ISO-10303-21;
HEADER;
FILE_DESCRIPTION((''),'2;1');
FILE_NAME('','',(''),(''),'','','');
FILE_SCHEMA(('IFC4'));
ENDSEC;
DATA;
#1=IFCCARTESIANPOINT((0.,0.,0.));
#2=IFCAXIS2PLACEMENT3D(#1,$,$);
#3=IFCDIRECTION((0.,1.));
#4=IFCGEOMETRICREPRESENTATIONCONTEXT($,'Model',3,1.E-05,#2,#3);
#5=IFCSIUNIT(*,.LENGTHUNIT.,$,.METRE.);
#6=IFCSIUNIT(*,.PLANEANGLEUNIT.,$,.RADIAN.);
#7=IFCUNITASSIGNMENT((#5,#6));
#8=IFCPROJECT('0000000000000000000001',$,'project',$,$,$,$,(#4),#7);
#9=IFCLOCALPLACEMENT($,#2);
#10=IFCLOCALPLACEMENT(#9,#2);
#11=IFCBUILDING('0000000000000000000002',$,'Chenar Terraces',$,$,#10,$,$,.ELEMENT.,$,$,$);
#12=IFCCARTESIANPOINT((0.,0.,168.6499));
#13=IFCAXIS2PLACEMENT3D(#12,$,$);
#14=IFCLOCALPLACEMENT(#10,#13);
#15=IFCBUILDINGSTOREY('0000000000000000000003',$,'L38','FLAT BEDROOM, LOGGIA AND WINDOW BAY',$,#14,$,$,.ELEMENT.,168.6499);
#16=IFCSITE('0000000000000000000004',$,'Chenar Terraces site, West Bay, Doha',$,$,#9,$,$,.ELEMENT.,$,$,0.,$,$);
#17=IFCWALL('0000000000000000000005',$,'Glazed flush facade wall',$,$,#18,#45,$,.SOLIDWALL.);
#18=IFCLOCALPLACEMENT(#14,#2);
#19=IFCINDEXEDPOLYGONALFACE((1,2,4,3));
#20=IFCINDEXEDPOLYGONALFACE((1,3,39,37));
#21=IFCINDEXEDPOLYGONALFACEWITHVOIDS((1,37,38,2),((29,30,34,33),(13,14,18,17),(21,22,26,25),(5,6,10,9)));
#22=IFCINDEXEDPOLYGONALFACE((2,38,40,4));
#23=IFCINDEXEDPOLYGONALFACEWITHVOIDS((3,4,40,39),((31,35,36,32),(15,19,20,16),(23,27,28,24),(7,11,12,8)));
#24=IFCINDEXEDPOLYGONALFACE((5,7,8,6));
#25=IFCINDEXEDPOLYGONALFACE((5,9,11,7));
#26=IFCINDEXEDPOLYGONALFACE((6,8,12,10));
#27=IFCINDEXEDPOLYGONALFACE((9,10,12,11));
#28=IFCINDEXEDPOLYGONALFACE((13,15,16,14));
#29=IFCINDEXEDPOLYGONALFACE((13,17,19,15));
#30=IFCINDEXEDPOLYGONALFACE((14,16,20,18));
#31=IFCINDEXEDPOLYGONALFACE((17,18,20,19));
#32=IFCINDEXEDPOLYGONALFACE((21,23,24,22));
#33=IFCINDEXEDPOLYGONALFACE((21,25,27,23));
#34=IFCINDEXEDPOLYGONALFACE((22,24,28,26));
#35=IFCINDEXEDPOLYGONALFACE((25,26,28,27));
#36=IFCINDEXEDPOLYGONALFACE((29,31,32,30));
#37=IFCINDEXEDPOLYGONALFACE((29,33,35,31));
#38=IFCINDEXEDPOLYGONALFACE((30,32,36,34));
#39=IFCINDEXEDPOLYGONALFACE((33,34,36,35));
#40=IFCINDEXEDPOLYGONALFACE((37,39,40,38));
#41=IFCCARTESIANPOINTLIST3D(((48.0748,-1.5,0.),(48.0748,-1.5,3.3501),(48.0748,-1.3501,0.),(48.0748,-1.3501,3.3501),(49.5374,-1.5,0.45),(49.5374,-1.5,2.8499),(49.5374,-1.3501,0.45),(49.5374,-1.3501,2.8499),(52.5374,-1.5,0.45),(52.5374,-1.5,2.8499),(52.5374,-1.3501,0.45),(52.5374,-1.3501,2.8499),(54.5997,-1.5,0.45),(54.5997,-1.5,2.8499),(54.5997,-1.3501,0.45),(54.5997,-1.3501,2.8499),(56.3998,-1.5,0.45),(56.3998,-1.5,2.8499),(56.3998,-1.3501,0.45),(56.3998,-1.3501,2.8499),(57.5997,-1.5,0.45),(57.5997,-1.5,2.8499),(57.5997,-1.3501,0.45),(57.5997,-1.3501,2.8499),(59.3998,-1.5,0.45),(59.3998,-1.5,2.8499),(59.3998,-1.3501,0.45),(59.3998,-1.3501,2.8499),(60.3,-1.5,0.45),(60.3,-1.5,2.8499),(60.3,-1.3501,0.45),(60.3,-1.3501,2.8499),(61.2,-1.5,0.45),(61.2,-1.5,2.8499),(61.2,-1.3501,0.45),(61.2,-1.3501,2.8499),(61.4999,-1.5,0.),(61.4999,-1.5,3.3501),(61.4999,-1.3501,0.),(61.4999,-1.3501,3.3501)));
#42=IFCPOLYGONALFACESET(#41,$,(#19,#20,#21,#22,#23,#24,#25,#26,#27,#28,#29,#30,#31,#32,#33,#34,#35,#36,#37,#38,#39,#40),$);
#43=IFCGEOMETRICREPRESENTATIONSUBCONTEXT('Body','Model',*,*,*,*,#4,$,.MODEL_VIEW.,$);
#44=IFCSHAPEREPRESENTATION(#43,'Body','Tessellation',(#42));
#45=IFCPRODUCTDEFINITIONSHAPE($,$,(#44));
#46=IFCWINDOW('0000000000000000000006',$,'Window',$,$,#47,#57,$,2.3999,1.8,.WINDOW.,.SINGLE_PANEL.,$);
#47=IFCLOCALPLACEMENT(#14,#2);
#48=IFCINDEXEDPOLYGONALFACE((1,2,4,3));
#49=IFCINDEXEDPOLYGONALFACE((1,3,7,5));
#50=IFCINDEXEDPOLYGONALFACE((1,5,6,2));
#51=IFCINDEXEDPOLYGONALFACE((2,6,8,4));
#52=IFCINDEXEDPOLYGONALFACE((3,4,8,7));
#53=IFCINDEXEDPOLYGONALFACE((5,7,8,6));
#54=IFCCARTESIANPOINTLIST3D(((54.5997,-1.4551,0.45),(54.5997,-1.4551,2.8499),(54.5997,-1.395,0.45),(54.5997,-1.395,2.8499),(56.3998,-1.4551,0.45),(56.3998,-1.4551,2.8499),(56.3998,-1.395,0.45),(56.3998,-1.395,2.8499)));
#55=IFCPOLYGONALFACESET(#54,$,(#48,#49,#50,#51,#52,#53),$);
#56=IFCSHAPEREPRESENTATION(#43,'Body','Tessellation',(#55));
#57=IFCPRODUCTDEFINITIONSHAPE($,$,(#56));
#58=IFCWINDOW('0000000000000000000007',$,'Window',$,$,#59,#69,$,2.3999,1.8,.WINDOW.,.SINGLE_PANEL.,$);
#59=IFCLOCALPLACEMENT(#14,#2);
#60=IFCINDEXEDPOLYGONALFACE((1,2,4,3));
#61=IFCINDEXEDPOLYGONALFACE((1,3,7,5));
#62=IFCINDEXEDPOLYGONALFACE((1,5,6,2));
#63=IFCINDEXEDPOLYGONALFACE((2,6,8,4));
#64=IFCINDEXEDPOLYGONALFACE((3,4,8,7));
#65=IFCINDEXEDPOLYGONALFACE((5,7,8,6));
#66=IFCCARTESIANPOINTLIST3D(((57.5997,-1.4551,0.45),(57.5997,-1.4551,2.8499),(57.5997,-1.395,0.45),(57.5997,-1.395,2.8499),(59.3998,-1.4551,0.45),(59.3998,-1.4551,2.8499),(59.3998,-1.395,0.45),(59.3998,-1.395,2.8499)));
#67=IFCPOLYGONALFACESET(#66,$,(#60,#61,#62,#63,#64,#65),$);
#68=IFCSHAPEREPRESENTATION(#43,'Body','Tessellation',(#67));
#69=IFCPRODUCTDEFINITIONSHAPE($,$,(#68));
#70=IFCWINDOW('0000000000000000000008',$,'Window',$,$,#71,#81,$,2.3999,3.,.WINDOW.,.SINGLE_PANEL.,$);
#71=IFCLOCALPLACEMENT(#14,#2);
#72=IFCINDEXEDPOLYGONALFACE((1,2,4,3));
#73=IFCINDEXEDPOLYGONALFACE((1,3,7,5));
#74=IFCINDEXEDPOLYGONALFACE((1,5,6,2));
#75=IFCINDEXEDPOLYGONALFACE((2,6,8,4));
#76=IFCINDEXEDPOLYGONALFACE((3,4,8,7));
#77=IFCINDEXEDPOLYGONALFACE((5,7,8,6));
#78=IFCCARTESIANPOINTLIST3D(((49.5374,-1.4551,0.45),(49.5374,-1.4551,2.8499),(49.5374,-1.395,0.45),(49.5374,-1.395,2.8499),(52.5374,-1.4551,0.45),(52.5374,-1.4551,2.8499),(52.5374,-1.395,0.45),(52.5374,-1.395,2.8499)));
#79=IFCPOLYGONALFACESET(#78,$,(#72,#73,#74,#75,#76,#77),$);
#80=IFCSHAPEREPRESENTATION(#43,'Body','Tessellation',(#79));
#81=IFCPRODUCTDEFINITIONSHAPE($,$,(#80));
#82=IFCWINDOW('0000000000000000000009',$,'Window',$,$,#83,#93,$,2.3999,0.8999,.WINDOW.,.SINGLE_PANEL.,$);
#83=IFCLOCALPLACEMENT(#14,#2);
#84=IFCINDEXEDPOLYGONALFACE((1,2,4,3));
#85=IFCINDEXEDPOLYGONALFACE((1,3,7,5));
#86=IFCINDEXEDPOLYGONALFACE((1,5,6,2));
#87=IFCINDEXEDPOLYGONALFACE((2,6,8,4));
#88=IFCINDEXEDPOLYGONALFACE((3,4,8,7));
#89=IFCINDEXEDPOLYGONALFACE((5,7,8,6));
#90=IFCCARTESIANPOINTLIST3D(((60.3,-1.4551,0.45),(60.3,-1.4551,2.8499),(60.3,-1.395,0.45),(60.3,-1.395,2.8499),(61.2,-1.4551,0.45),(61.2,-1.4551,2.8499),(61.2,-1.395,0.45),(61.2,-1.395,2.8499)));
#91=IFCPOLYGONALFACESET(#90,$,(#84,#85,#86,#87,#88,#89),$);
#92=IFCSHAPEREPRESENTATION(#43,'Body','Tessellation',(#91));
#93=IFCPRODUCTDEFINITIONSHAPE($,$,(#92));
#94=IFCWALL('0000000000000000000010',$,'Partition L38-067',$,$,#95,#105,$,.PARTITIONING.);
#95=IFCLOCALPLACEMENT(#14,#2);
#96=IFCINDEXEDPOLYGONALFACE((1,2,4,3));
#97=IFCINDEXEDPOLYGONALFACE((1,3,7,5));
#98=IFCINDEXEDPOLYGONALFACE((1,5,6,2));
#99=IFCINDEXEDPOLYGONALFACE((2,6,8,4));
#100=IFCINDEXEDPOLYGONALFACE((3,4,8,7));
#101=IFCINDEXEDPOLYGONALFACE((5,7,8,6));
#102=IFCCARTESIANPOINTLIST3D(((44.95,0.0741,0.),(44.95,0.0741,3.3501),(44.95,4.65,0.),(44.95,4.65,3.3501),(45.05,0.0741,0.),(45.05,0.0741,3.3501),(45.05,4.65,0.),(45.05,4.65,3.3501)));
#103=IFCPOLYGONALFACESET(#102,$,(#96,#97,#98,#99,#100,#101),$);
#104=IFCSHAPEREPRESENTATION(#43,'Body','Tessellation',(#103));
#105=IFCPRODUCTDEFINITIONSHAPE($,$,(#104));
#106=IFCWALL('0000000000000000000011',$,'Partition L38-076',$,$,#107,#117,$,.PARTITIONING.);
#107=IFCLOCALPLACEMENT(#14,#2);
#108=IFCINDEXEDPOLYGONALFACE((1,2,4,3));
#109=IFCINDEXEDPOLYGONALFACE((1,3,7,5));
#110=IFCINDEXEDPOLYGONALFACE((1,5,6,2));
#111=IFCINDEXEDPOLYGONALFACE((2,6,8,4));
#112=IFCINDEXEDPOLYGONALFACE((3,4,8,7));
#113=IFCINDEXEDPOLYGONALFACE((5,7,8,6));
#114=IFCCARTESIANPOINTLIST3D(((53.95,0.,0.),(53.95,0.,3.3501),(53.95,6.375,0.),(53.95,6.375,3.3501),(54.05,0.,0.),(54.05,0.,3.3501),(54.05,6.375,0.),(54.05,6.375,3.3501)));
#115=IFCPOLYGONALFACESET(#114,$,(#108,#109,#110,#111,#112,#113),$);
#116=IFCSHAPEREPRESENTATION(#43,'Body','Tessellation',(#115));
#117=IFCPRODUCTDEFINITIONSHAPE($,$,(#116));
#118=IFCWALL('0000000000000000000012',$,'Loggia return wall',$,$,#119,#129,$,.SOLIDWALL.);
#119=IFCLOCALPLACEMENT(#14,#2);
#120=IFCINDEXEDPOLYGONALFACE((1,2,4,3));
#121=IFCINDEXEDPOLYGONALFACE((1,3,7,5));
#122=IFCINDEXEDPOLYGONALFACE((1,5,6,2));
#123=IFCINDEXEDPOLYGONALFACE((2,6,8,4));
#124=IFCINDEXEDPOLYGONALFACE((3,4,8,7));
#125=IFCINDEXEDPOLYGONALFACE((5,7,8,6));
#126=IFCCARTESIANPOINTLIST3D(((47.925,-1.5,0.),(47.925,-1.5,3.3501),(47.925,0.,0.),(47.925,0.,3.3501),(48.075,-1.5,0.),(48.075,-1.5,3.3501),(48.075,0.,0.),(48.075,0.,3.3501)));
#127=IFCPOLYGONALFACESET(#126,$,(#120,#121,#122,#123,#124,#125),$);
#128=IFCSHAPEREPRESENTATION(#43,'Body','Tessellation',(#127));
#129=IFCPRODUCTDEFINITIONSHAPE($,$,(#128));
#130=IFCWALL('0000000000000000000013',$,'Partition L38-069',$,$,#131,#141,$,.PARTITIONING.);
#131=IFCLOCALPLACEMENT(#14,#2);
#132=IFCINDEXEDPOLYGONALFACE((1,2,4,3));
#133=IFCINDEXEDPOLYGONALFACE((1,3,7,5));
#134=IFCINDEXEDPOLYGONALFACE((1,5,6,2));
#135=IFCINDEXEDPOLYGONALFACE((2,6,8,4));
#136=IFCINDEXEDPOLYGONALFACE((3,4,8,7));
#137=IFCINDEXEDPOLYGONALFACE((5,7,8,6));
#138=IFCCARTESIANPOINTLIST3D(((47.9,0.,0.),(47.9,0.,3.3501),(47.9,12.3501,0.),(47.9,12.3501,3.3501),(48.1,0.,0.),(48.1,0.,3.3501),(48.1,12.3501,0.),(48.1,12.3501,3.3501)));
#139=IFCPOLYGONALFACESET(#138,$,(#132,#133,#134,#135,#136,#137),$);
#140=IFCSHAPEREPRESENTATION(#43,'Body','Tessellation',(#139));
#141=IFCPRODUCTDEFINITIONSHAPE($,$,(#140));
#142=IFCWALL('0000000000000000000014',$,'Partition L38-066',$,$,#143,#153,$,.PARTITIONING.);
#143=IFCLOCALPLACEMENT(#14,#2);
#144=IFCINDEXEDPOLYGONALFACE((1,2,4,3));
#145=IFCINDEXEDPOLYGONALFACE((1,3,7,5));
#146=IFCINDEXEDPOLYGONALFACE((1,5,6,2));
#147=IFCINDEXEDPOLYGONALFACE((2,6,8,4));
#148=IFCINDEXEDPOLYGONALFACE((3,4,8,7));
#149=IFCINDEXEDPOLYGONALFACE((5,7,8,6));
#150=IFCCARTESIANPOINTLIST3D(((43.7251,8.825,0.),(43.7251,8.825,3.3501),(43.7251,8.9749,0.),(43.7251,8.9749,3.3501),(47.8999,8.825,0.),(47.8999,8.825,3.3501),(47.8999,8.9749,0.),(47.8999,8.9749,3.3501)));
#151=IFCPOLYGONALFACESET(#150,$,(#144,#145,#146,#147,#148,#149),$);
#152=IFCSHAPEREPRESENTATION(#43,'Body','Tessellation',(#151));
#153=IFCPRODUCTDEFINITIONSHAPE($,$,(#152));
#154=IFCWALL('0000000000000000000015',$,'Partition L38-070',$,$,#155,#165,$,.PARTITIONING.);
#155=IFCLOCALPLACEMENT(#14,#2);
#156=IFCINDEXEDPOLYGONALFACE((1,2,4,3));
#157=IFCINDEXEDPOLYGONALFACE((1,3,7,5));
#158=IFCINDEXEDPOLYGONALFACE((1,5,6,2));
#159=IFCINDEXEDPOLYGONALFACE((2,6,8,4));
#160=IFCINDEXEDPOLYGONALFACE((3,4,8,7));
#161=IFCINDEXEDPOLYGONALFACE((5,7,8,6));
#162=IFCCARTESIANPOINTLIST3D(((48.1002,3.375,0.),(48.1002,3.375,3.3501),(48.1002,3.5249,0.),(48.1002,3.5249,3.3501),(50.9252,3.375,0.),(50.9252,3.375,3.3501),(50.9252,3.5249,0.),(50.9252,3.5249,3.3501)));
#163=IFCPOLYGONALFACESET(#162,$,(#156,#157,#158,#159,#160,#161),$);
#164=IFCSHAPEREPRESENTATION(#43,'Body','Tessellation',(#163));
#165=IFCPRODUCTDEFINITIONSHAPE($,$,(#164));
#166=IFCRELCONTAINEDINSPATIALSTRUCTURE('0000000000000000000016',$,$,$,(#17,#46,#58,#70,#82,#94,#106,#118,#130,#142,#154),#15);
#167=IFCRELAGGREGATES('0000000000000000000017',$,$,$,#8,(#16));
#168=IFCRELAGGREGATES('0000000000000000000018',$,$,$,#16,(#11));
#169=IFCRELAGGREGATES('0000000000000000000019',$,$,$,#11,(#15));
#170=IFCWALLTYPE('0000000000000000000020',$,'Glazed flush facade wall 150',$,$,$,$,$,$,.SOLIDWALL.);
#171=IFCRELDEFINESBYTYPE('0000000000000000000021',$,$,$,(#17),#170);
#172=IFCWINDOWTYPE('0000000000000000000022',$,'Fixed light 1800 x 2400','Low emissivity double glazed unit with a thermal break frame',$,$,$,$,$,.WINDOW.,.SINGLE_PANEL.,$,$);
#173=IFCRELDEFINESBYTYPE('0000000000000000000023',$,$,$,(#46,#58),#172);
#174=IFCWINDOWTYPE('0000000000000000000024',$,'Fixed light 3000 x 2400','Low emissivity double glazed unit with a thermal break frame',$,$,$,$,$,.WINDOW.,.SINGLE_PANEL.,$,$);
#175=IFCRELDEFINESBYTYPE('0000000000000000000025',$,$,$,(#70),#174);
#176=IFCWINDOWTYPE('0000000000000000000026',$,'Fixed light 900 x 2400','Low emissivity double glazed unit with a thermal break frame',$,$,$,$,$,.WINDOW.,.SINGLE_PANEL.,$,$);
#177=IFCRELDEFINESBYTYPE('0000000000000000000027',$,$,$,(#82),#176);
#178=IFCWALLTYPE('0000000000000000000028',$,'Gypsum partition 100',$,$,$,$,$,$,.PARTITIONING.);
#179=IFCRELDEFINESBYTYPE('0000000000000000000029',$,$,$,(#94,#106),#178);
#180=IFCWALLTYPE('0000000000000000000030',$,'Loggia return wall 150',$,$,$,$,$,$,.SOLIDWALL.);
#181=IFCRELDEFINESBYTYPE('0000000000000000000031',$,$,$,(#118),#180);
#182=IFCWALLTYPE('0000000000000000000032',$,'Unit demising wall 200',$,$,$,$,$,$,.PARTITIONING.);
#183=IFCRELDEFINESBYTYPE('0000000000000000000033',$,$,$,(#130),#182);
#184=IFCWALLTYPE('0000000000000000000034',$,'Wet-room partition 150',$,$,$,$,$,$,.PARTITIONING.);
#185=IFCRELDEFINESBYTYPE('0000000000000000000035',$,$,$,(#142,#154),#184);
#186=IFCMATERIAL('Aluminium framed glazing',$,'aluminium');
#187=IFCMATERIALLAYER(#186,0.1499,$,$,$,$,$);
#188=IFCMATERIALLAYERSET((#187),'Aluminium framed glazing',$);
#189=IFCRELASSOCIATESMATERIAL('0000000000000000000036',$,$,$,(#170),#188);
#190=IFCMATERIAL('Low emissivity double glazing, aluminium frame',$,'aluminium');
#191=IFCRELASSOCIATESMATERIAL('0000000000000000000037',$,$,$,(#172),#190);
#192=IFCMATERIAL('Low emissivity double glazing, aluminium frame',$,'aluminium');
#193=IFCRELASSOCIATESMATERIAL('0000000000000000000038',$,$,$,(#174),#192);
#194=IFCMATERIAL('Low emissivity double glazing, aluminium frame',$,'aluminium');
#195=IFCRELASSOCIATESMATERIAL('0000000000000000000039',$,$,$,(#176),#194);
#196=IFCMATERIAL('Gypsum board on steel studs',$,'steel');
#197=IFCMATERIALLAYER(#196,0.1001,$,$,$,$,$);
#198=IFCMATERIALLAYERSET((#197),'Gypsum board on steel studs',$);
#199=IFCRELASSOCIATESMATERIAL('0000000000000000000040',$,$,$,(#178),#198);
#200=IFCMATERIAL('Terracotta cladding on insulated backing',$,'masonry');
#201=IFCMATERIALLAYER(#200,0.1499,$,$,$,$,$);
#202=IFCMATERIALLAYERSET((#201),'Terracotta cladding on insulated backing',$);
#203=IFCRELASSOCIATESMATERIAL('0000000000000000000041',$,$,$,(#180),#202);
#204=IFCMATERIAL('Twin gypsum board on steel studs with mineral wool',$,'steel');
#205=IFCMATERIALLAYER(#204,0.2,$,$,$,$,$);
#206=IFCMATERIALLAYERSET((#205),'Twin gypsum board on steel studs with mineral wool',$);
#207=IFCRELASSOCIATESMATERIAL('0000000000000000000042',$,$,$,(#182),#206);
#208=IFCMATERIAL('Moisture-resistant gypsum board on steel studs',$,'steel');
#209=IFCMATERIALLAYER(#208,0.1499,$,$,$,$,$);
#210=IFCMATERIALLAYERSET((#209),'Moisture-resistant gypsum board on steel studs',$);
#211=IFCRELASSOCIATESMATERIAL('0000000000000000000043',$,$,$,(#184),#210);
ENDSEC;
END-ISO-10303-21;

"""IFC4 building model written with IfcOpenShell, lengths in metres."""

from ifc_helpers import new_model, si_unit, direction, frame, frame_2d, origin, place, context, subcontext, project, spatial, rectangle, extrude, material, layer, layer_set, type_object, element, fill, save


model = new_model("IFC4")

# Units and contexts
model_context = context("Model", 3, precision=1e-05, world=origin(), true_north=direction((0.0, 1.0)))
body_context = subcontext(model_context, "Body", "Model", "MODEL_VIEW")
ifc_project = project(units=[si_unit("LENGTHUNIT", "METRE"), si_unit("PLANEANGLEUNIT", "RADIAN")], contexts=[model_context])

# Site, building, storey
site_placement = place(None, origin())
site = spatial("IfcSite", under=ifc_project, at=site_placement, Name="Chenar Terraces site, West Bay, Doha", CompositionType="ELEMENT", RefElevation=0.0)
building_placement = place(site_placement, origin())
building = spatial("IfcBuilding", under=site, at=building_placement, Name="Chenar Terraces", CompositionType="ELEMENT")
storey_placement = place(building_placement, frame((0.0, 0.0, 168.6499)))
storey = spatial("IfcBuildingStorey", under=building, at=storey_placement, Name="L38", Description="FLAT BEDROOM, LOGGIA AND WINDOW BAY", CompositionType="ELEMENT", Elevation=168.6499)

# Wall, openings, windows
ifc_material_1 = material(Name="Aluminium framed glazing", Category="aluminium")
ifc_layer_1 = layer(ifc_material_1, 0.1499)
ifc_layer_set_1 = layer_set([ifc_layer_1], Name="Aluminium framed glazing")
wall_type_1 = type_object("IfcWallType", Name="Glazed flush facade wall 150", PredefinedType="SOLIDWALL", material=ifc_layer_set_1)
wall_1_placement = place(storey_placement, frame((48.075, -1.425, 0.0), z_axis=(0.0, 0.0, 1.0), x_axis=(1.0, 0.0, 0.0)))
wall_1 = element("IfcWall", 1, at=wall_1_placement, inside=storey, type_object=wall_type_1, Name="Glazed flush facade wall", PredefinedType="SOLIDWALL", context=body_context, shape_type="SweptSolid", body=[
    extrude(rectangle(XDim=13.425, YDim=0.1499, at=frame_2d((6.7124, 0.0))), origin(), (0.0, 0.0, 1.0), 3.3501),
])
opening_1_placement = place(wall_1_placement, frame((1.4624, 0.0, 0.45)))
opening_1 = element("IfcOpeningElement", 2, at=opening_1_placement, cuts=wall_1, PredefinedType="OPENING", context=body_context, shape_type="SweptSolid", body=[
    extrude(rectangle(XDim=3.0, YDim=2.3999, at=frame_2d((1.5, 1.2))), frame((0.0, 0.085, 0.0), z_axis=(0.0, -1.0, 0.0), x_axis=(1.0, 0.0, 0.0)), (0.0, 0.0, 1.0), 0.1699),
])
opening_2_placement = place(wall_1_placement, frame((6.5249, 0.0, 0.45)))
opening_2 = element("IfcOpeningElement", 3, at=opening_2_placement, cuts=wall_1, PredefinedType="OPENING", context=body_context, shape_type="SweptSolid", body=[
    extrude(rectangle(XDim=1.8, YDim=2.3999, at=frame_2d((0.8999, 1.2))), frame((0.0, 0.085, 0.0), z_axis=(0.0, -1.0, 0.0), x_axis=(1.0, 0.0, 0.0)), (0.0, 0.0, 1.0), 0.1699),
])
opening_3_placement = place(wall_1_placement, frame((9.5249, 0.0, 0.45)))
opening_3 = element("IfcOpeningElement", 4, at=opening_3_placement, cuts=wall_1, PredefinedType="OPENING", context=body_context, shape_type="SweptSolid", body=[
    extrude(rectangle(XDim=1.8, YDim=2.3999, at=frame_2d((0.8999, 1.2))), frame((0.0, 0.085, 0.0), z_axis=(0.0, -1.0, 0.0), x_axis=(1.0, 0.0, 0.0)), (0.0, 0.0, 1.0), 0.1699),
])
opening_4_placement = place(wall_1_placement, frame((12.2251, 0.0, 0.45)))
opening_4 = element("IfcOpeningElement", 5, at=opening_4_placement, cuts=wall_1, PredefinedType="OPENING", context=body_context, shape_type="SweptSolid", body=[
    extrude(rectangle(XDim=0.8999, YDim=2.3999, at=frame_2d((0.45, 1.2))), frame((0.0, 0.085, 0.0), z_axis=(0.0, -1.0, 0.0), x_axis=(1.0, 0.0, 0.0)), (0.0, 0.0, 1.0), 0.1699),
])
ifc_material_2 = material(Name="Low emissivity double glazing, aluminium frame", Category="aluminium")
window_type_1 = type_object("IfcWindowType", Name="Fixed light 1800 x 2400", Description="Low emissivity double glazed unit with a thermal break frame", PartitioningType="SINGLE_PANEL", PredefinedType="WINDOW", material=ifc_material_2)
window_1_placement = place(opening_2_placement, origin())
window_1 = element("IfcWindow", 6, at=window_1_placement, inside=storey, type_object=window_type_1, Name="Window", OverallHeight=2.3999, OverallWidth=1.8, PartitioningType="SINGLE_PANEL", PredefinedType="WINDOW", context=body_context, shape_type="SweptSolid", body=[
    extrude(rectangle(XDim=1.8, YDim=2.3999, at=frame_2d((0.8999, 1.2))), frame((0.0, 0.03, 0.0), z_axis=(0.0, -1.0, 0.0), x_axis=(1.0, 0.0, 0.0)), (0.0, 0.0, 1.0), 0.0601),
])
fill(opening_2, window_1)
window_2_placement = place(opening_3_placement, origin())
window_2 = element("IfcWindow", 7, at=window_2_placement, inside=storey, type_object=window_type_1, Name="Window", OverallHeight=2.3999, OverallWidth=1.8, PartitioningType="SINGLE_PANEL", PredefinedType="WINDOW", context=body_context, shape_type="SweptSolid", body=[
    extrude(rectangle(XDim=1.8, YDim=2.3999, at=frame_2d((0.8999, 1.2))), frame((0.0, 0.03, 0.0), z_axis=(0.0, -1.0, 0.0), x_axis=(1.0, 0.0, 0.0)), (0.0, 0.0, 1.0), 0.0601),
])
fill(opening_3, window_2)
ifc_material_3 = material(Name="Low emissivity double glazing, aluminium frame", Category="aluminium")
window_type_2 = type_object("IfcWindowType", Name="Fixed light 3000 x 2400", Description="Low emissivity double glazed unit with a thermal break frame", PartitioningType="SINGLE_PANEL", PredefinedType="WINDOW", material=ifc_material_3)
window_3_placement = place(opening_1_placement, origin())
window_3 = element("IfcWindow", 8, at=window_3_placement, inside=storey, type_object=window_type_2, Name="Window", OverallHeight=2.3999, OverallWidth=3.0, PartitioningType="SINGLE_PANEL", PredefinedType="WINDOW", context=body_context, shape_type="SweptSolid", body=[
    extrude(rectangle(XDim=3.0, YDim=2.3999, at=frame_2d((1.5, 1.2))), frame((0.0, 0.03, 0.0), z_axis=(0.0, -1.0, 0.0), x_axis=(1.0, 0.0, 0.0)), (0.0, 0.0, 1.0), 0.0601),
])
fill(opening_1, window_3)
ifc_material_4 = material(Name="Low emissivity double glazing, aluminium frame", Category="aluminium")
window_type_3 = type_object("IfcWindowType", Name="Fixed light 900 x 2400", Description="Low emissivity double glazed unit with a thermal break frame", PartitioningType="SINGLE_PANEL", PredefinedType="WINDOW", material=ifc_material_4)
window_4_placement = place(opening_4_placement, origin())
window_4 = element("IfcWindow", 9, at=window_4_placement, inside=storey, type_object=window_type_3, Name="Window", OverallHeight=2.3999, OverallWidth=0.8999, PartitioningType="SINGLE_PANEL", PredefinedType="WINDOW", context=body_context, shape_type="SweptSolid", body=[
    extrude(rectangle(XDim=0.8999, YDim=2.3999, at=frame_2d((0.45, 1.2))), frame((0.0, 0.03, 0.0), z_axis=(0.0, -1.0, 0.0), x_axis=(1.0, 0.0, 0.0)), (0.0, 0.0, 1.0), 0.0601),
])
fill(opening_4, window_4)

# Walls
ifc_material_5 = material(Name="Gypsum board on steel studs", Category="steel")
ifc_layer_2 = layer(ifc_material_5, 0.1001)
ifc_layer_set_2 = layer_set([ifc_layer_2], Name="Gypsum board on steel studs")
wall_type_2 = type_object("IfcWallType", Name="Gypsum partition 100", PredefinedType="PARTITIONING", material=ifc_layer_set_2)
wall_2_placement = place(storey_placement, frame((45.0, 0.074, 0.0), z_axis=(0.0, 0.0, 1.0), x_axis=(0.0, 1.0, 0.0)))
element("IfcWall", 10, at=wall_2_placement, inside=storey, type_object=wall_type_2, Name="Partition L38-067", PredefinedType="PARTITIONING", context=body_context, shape_type="SweptSolid", body=[
    extrude(rectangle(XDim=4.5759, YDim=0.1001, at=frame_2d((2.2881, 0.0))), origin(), (0.0, 0.0, 1.0), 3.3501),
])
wall_3_placement = place(storey_placement, frame((54.0, 0.0, 0.0), z_axis=(0.0, 0.0, 1.0), x_axis=(0.0, 1.0, 0.0)))
element("IfcWall", 11, at=wall_3_placement, inside=storey, type_object=wall_type_2, Name="Partition L38-076", PredefinedType="PARTITIONING", context=body_context, shape_type="SweptSolid", body=[
    extrude(rectangle(XDim=6.375, YDim=0.1001, at=frame_2d((3.1875, 0.0))), origin(), (0.0, 0.0, 1.0), 3.3501),
])
ifc_material_6 = material(Name="Terracotta cladding on insulated backing", Category="masonry")
ifc_layer_3 = layer(ifc_material_6, 0.1499)
ifc_layer_set_3 = layer_set([ifc_layer_3], Name="Terracotta cladding on insulated backing")
wall_type_3 = type_object("IfcWallType", Name="Loggia return wall 150", PredefinedType="SOLIDWALL", material=ifc_layer_set_3)
wall_4_placement = place(storey_placement, frame((48.0, -1.5, 0.0), z_axis=(0.0, 0.0, 1.0), x_axis=(0.0, 1.0, 0.0)))
element("IfcWall", 12, at=wall_4_placement, inside=storey, type_object=wall_type_3, Name="Loggia return wall", PredefinedType="SOLIDWALL", context=body_context, shape_type="SweptSolid", body=[
    extrude(rectangle(XDim=1.5, YDim=0.1499, at=frame_2d((0.75, 0.0))), origin(), (0.0, 0.0, 1.0), 3.3501),
])
ifc_material_7 = material(Name="Twin gypsum board on steel studs with mineral wool", Category="steel")
ifc_layer_4 = layer(ifc_material_7, 0.2)
ifc_layer_set_4 = layer_set([ifc_layer_4], Name="Twin gypsum board on steel studs with mineral wool")
wall_type_4 = type_object("IfcWallType", Name="Unit demising wall 200", PredefinedType="PARTITIONING", material=ifc_layer_set_4)
wall_5_placement = place(storey_placement, frame((48.0, 0.0, 0.0), z_axis=(0.0, 0.0, 1.0), x_axis=(0.0, 1.0, 0.0)))
element("IfcWall", 13, at=wall_5_placement, inside=storey, type_object=wall_type_4, Name="Partition L38-069", PredefinedType="PARTITIONING", context=body_context, shape_type="SweptSolid", body=[
    extrude(rectangle(XDim=12.3501, YDim=0.2, at=frame_2d((6.175, 0.0))), origin(), (0.0, 0.0, 1.0), 3.3501),
])
ifc_material_8 = material(Name="Moisture-resistant gypsum board on steel studs", Category="steel")
ifc_layer_5 = layer(ifc_material_8, 0.1499)
ifc_layer_set_5 = layer_set([ifc_layer_5], Name="Moisture-resistant gypsum board on steel studs")
wall_type_5 = type_object("IfcWallType", Name="Wet-room partition 150", PredefinedType="PARTITIONING", material=ifc_layer_set_5)
wall_6_placement = place(storey_placement, frame((43.7251, 8.8999, 0.0), z_axis=(0.0, 0.0, 1.0), x_axis=(1.0, 0.0, 0.0)))
element("IfcWall", 14, at=wall_6_placement, inside=storey, type_object=wall_type_5, Name="Partition L38-066", PredefinedType="PARTITIONING", context=body_context, shape_type="SweptSolid", body=[
    extrude(rectangle(XDim=4.1748, YDim=0.1499, at=frame_2d((2.0874, 0.0))), origin(), (0.0, 0.0, 1.0), 3.3501),
])
wall_7_placement = place(storey_placement, frame((48.1001, 3.45, 0.0), z_axis=(0.0, 0.0, 1.0), x_axis=(1.0, 0.0, 0.0)))
element("IfcWall", 15, at=wall_7_placement, inside=storey, type_object=wall_type_5, Name="Partition L38-070", PredefinedType="PARTITIONING", context=body_context, shape_type="SweptSolid", body=[
    extrude(rectangle(XDim=2.825, YDim=0.1499, at=frame_2d((1.4126, 0.0))), origin(), (0.0, 0.0, 1.0), 3.3501),
])

save(model, "model.ifc")
